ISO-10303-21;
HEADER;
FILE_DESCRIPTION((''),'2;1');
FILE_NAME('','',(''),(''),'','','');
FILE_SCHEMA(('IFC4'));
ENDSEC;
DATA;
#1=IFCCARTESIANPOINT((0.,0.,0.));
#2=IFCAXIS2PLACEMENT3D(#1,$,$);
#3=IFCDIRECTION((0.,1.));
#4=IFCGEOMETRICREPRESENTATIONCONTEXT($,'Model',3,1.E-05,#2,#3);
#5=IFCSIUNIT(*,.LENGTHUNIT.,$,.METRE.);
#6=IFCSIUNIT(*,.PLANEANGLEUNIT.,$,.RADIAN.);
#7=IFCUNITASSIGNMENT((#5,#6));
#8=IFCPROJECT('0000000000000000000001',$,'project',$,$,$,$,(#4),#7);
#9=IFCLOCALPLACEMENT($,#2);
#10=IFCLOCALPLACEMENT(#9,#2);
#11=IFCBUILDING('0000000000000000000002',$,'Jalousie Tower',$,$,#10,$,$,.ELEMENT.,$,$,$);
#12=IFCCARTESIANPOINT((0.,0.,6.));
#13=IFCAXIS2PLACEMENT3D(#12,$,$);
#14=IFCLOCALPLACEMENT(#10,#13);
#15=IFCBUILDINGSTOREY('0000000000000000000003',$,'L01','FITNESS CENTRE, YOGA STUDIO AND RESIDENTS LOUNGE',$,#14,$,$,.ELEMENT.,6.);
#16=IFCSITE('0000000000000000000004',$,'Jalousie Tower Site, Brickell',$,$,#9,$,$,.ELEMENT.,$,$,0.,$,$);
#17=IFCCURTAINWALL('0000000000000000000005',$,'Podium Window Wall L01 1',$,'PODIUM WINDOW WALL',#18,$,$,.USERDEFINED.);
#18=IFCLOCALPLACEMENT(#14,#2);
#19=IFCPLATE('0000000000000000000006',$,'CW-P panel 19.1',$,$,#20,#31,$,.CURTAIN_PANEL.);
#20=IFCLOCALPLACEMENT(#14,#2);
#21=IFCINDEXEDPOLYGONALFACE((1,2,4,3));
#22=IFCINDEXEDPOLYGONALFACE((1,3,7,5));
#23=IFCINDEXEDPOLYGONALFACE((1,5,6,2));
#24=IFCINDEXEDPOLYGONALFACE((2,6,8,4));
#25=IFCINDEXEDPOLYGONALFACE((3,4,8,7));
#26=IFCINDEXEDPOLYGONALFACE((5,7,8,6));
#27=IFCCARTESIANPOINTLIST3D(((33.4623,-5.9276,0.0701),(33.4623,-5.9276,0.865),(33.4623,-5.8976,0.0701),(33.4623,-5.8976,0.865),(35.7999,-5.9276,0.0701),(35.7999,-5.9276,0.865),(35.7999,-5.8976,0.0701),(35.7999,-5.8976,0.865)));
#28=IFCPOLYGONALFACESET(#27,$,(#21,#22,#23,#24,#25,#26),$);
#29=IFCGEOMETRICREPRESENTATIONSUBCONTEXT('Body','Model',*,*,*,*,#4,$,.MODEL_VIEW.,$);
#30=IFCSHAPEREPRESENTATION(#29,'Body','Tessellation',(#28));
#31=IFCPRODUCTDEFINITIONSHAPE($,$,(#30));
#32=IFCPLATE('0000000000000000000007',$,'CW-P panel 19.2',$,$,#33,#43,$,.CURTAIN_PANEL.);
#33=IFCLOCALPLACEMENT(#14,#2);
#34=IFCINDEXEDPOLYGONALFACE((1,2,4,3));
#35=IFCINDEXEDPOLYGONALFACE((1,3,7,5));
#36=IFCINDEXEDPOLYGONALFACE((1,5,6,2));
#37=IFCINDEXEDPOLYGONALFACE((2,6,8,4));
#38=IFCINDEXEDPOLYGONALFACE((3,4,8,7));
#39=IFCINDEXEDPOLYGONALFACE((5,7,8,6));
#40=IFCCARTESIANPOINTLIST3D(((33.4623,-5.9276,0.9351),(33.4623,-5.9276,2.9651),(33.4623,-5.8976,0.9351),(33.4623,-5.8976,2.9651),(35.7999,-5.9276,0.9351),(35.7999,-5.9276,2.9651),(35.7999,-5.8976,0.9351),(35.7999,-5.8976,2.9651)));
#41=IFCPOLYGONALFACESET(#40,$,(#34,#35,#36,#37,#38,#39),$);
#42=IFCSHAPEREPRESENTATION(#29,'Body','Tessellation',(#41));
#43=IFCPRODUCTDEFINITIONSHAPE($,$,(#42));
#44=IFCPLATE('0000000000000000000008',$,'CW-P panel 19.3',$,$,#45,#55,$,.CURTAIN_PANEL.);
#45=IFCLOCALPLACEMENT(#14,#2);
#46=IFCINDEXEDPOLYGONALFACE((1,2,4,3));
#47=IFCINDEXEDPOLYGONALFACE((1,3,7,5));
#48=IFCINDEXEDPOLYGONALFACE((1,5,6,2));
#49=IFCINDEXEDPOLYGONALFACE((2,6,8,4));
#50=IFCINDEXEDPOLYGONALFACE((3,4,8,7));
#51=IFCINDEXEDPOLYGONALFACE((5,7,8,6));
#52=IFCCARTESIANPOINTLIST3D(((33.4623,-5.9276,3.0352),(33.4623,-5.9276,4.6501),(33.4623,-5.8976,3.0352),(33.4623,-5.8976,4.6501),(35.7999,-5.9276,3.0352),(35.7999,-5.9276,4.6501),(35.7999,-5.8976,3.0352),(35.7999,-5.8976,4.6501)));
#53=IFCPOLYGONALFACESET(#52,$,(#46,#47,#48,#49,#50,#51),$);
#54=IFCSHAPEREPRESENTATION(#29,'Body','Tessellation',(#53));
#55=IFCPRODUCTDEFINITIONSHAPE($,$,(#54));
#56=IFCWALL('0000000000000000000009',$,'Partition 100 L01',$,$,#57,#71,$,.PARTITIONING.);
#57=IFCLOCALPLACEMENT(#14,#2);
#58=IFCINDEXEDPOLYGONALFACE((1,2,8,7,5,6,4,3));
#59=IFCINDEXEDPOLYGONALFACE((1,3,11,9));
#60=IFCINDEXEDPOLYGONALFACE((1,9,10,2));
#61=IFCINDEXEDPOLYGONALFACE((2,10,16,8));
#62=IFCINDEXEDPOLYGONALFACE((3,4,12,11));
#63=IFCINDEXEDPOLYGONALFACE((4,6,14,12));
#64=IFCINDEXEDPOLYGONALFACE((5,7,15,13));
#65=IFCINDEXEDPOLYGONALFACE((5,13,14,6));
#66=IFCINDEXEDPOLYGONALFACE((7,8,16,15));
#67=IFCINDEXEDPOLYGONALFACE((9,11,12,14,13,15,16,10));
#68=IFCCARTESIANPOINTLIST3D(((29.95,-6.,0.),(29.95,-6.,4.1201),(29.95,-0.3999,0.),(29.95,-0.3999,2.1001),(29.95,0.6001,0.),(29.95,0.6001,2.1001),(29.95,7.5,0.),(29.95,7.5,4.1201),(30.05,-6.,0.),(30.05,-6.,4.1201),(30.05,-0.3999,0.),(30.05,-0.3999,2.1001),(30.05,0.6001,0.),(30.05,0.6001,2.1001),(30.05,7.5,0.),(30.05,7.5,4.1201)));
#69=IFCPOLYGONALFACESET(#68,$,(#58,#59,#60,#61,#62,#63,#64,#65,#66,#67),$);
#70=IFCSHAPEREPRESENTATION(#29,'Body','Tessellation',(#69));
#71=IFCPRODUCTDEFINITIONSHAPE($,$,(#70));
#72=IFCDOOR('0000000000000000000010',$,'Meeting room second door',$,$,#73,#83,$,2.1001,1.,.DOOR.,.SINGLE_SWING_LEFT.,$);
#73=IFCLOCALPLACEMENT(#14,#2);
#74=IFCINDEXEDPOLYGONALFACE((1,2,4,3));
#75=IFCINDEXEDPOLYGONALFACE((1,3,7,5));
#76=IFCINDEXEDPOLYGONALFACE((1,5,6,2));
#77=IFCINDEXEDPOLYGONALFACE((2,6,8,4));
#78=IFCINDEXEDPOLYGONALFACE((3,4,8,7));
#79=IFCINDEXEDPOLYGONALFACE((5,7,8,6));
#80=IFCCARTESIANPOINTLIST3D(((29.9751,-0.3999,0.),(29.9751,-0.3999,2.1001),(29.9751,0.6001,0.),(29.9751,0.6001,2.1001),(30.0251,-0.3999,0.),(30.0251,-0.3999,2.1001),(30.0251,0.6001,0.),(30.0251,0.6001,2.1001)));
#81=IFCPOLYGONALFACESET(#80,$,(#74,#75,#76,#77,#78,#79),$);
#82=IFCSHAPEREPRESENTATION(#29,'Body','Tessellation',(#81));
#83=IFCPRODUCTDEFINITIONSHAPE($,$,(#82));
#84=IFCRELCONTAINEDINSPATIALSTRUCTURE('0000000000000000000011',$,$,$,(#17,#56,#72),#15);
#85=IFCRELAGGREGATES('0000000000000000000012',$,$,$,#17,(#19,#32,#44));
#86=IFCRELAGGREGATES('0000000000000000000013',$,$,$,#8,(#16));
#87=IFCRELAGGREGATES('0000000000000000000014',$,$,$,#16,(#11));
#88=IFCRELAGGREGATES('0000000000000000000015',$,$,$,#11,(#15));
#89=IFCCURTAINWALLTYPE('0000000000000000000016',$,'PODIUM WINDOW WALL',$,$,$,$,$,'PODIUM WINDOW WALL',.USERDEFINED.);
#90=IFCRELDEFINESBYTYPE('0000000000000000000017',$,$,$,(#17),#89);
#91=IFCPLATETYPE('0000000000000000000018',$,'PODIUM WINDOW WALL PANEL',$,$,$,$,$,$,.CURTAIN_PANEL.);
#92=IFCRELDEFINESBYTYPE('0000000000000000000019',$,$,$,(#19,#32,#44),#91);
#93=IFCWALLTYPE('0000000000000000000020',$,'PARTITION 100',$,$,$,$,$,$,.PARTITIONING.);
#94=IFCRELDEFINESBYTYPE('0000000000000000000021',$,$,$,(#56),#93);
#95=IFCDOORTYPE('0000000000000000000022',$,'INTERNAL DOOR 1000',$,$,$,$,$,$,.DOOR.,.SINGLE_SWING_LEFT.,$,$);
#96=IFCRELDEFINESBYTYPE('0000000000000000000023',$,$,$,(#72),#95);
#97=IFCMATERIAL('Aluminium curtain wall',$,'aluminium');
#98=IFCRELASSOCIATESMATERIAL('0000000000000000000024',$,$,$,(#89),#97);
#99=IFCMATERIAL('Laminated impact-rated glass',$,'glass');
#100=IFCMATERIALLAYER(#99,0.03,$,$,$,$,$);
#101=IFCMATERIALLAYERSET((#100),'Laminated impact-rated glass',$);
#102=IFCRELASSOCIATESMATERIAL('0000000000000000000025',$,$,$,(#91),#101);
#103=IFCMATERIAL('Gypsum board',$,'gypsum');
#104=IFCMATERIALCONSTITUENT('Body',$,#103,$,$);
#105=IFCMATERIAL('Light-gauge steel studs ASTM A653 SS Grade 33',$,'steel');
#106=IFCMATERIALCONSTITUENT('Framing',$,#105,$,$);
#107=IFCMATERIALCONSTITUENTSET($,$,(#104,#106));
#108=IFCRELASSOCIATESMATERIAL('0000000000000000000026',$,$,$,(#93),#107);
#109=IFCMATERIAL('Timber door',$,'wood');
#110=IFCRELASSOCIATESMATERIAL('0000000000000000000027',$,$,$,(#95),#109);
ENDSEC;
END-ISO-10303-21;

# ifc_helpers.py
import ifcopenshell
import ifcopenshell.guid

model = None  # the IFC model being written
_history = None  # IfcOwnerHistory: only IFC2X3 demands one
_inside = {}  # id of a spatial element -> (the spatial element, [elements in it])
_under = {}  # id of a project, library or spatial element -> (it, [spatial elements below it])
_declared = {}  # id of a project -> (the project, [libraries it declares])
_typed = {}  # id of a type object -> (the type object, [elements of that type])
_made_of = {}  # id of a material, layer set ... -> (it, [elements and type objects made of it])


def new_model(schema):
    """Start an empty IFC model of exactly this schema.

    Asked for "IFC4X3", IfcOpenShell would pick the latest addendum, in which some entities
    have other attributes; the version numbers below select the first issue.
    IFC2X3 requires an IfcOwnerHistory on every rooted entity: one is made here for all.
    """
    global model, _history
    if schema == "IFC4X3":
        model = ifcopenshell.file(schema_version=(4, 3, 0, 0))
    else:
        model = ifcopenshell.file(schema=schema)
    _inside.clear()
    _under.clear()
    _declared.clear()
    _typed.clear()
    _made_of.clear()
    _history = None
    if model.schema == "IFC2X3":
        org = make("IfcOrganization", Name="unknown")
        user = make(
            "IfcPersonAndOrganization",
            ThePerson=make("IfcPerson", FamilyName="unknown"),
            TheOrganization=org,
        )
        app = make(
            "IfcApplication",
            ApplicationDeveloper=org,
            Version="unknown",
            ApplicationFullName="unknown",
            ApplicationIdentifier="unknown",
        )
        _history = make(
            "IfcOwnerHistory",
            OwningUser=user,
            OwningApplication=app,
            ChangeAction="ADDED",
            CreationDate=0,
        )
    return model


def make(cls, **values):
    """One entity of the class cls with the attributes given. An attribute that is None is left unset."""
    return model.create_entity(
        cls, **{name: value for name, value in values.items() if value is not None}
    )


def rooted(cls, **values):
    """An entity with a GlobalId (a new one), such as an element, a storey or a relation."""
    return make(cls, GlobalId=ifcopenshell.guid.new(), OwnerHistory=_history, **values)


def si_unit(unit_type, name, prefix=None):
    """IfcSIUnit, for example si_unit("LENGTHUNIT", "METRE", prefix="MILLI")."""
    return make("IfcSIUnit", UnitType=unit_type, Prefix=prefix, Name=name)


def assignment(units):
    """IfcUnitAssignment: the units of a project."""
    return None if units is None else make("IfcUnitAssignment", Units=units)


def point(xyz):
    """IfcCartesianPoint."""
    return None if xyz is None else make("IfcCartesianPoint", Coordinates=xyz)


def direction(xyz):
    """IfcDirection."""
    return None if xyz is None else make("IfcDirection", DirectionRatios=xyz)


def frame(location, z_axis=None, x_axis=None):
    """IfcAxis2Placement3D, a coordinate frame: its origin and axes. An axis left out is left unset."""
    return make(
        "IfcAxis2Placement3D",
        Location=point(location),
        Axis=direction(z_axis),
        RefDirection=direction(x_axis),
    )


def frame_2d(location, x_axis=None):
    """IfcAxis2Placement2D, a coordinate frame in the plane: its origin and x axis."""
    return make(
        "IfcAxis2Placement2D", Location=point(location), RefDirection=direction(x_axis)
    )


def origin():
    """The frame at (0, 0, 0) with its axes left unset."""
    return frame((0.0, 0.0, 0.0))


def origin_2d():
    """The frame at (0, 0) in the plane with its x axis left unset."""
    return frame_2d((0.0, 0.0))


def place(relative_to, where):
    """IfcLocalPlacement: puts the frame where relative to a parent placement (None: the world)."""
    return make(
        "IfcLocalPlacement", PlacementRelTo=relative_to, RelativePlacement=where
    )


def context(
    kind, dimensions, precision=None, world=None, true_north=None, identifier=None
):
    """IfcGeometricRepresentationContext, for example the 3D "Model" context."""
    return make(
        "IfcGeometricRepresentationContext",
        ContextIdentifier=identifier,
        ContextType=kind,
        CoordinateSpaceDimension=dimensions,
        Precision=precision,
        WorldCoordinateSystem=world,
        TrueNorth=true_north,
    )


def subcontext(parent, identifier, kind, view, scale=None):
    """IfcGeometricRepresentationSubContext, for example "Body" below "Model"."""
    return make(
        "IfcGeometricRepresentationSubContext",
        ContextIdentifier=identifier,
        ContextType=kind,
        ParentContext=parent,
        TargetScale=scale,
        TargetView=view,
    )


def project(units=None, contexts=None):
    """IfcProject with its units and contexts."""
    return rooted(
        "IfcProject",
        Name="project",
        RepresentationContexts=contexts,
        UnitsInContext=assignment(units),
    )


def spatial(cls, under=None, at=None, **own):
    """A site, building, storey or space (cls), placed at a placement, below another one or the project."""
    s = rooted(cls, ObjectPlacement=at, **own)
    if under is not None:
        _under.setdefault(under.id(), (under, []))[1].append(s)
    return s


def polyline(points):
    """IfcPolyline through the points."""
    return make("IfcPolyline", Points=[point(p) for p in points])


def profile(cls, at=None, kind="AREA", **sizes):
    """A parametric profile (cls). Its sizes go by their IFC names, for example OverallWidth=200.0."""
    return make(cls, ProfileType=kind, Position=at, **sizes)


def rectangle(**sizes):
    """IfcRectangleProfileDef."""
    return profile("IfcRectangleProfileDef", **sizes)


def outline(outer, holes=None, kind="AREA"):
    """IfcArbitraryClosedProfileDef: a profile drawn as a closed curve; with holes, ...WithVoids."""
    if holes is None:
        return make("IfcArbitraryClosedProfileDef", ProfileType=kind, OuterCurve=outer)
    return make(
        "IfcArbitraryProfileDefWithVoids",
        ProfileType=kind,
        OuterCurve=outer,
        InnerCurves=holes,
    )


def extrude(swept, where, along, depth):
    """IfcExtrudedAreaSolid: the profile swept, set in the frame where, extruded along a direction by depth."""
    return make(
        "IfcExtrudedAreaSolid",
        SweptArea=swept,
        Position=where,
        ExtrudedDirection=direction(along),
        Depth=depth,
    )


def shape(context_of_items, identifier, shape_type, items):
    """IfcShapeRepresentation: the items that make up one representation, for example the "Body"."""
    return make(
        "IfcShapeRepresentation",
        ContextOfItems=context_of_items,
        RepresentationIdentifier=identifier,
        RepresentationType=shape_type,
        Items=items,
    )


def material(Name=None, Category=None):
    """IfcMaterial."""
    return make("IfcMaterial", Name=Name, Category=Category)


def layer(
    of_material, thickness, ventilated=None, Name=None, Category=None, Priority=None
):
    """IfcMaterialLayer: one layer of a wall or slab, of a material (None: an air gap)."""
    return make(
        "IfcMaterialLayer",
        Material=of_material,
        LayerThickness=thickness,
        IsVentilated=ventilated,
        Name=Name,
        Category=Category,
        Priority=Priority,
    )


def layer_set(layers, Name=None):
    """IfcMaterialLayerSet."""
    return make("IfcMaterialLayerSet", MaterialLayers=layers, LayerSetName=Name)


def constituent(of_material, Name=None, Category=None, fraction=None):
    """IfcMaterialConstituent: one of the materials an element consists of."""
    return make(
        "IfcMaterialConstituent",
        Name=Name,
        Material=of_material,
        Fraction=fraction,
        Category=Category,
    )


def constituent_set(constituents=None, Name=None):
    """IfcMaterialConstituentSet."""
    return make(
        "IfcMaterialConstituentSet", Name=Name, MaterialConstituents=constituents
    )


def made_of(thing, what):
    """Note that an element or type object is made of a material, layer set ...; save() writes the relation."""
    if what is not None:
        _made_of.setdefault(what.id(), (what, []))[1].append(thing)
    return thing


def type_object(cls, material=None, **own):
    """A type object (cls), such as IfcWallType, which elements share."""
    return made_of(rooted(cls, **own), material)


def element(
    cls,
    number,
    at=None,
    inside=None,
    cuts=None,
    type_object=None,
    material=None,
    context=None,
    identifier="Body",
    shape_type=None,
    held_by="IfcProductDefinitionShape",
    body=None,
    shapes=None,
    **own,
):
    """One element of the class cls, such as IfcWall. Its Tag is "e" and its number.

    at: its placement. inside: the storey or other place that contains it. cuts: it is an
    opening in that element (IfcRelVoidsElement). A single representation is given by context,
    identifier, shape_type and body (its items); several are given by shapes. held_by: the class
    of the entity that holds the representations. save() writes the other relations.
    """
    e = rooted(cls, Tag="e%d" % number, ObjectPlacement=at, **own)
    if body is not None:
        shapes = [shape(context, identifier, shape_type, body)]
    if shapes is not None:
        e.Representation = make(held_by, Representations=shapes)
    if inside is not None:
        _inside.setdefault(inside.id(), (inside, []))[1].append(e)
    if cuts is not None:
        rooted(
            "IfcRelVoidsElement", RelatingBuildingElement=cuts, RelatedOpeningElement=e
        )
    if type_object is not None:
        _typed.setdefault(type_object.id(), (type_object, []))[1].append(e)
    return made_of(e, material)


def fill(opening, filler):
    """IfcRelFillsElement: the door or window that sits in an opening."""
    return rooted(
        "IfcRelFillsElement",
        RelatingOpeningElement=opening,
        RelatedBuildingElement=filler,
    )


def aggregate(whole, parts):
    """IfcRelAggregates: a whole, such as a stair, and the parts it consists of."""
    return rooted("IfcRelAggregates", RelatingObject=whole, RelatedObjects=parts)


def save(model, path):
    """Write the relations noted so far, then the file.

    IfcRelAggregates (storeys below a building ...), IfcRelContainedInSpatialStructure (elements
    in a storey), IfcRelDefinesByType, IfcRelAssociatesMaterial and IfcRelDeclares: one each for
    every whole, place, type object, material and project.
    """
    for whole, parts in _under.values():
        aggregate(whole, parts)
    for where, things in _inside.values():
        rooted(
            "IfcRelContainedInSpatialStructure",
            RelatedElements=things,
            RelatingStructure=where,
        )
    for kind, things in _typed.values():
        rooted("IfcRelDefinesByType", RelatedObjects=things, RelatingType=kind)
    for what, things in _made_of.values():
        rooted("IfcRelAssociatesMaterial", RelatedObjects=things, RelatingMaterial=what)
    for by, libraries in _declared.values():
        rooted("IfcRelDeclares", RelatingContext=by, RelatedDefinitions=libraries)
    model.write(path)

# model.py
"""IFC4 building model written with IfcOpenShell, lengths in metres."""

from ifc_helpers import new_model, si_unit, direction, frame, frame_2d, origin, origin_2d, place, context, subcontext, project, spatial, polyline, rectangle, outline, extrude, material, layer, layer_set, constituent, constituent_set, type_object, element, fill, aggregate, save


model = new_model("IFC4")

# Units and contexts
model_context = context("Model", 3, precision=1e-05, world=origin(), true_north=direction((0.0, 1.0)))
body_context = subcontext(model_context, "Body", "Model", "MODEL_VIEW")
ifc_project = project(units=[si_unit("LENGTHUNIT", "METRE"), si_unit("PLANEANGLEUNIT", "RADIAN")], contexts=[model_context])

# Site, building, storey
site_placement = place(None, origin())
site = spatial("IfcSite", under=ifc_project, at=site_placement, Name="Jalousie Tower Site, Brickell", CompositionType="ELEMENT", RefElevation=0.0)
building_placement = place(site_placement, origin())
building = spatial("IfcBuilding", under=site, at=building_placement, Name="Jalousie Tower", CompositionType="ELEMENT")
storey_placement = place(building_placement, frame((0.0, 0.0, 6.0)))
storey = spatial("IfcBuildingStorey", under=building, at=storey_placement, Name="L01", Description="FITNESS CENTRE, YOGA STUDIO AND RESIDENTS LOUNGE", CompositionType="ELEMENT", Elevation=6.0)

# Curtain wall, plates
ifc_material_1 = material(Name="Aluminium curtain wall", Category="aluminium")
curtain_wall_type = type_object("IfcCurtainWallType", Name="PODIUM WINDOW WALL", ElementType="PODIUM WINDOW WALL", PredefinedType="USERDEFINED", material=ifc_material_1)
curtain_wall_placement = place(storey_placement, origin())
curtain_wall = element("IfcCurtainWall", 1, at=curtain_wall_placement, inside=storey, type_object=curtain_wall_type, Name="Podium Window Wall L01 1", ObjectType="PODIUM WINDOW WALL", PredefinedType="USERDEFINED")
ifc_material_2 = material(Name="Laminated impact-rated glass", Category="glass")
ifc_layer = layer(ifc_material_2, 0.03)
ifc_layer_set = layer_set([ifc_layer], Name="Laminated impact-rated glass")
plate_type = type_object("IfcPlateType", Name="PODIUM WINDOW WALL PANEL", PredefinedType="CURTAIN_PANEL", material=ifc_layer_set)
plate_1_placement = place(storey_placement, frame((34.6311, -5.9126, 0.0701), z_axis=(0.0, 0.0, 1.0), x_axis=(1.0, 0.0, 0.0)))
plate_1 = element("IfcPlate", 2, at=plate_1_placement, type_object=plate_type, Name="CW-P panel 19.1", PredefinedType="CURTAIN_PANEL", context=body_context, shape_type="SweptSolid", body=[
    extrude(rectangle(XDim=2.3376, YDim=0.03, at=origin_2d()), origin(), (0.0, 0.0, 1.0), 0.7949),
])
plate_2_placement = place(storey_placement, frame((34.6311, -5.9126, 0.9351), z_axis=(0.0, 0.0, 1.0), x_axis=(1.0, 0.0, 0.0)))
plate_2 = element("IfcPlate", 3, at=plate_2_placement, type_object=plate_type, Name="CW-P panel 19.2", PredefinedType="CURTAIN_PANEL", context=body_context, shape_type="SweptSolid", body=[
    extrude(rectangle(XDim=2.3376, YDim=0.03, at=origin_2d()), origin(), (0.0, 0.0, 1.0), 2.03),
])
plate_3_placement = place(storey_placement, frame((34.6311, -5.9126, 3.0352), z_axis=(0.0, 0.0, 1.0), x_axis=(1.0, 0.0, 0.0)))
plate_3 = element("IfcPlate", 4, at=plate_3_placement, type_object=plate_type, Name="CW-P panel 19.3", PredefinedType="CURTAIN_PANEL", context=body_context, shape_type="SweptSolid", body=[
    extrude(rectangle(XDim=2.3376, YDim=0.03, at=origin_2d()), origin(), (0.0, 0.0, 1.0), 1.615),
])
aggregate(curtain_wall, [plate_1, plate_2, plate_3])

# Wall, opening, door
ifc_material_3 = material(Name="Gypsum board", Category="gypsum")
ifc_constituent_1 = constituent(ifc_material_3, Name="Body")
ifc_material_4 = material(Name="Light-gauge steel studs ASTM A653 SS Grade 33", Category="steel")
ifc_constituent_2 = constituent(ifc_material_4, Name="Framing")
ifc_constituent_set = constituent_set(constituents=[ifc_constituent_1, ifc_constituent_2])
wall_type = type_object("IfcWallType", Name="PARTITION 100", PredefinedType="PARTITIONING", material=ifc_constituent_set)
wall_placement = place(storey_placement, frame((30.0, -6.0, 0.0), z_axis=(0.0, 0.0, 1.0), x_axis=(0.0, 1.0, 0.0)))
wall = element("IfcWall", 5, at=wall_placement, inside=storey, type_object=wall_type, Name="Partition 100 L01", PredefinedType="PARTITIONING", context=body_context, shape_type="SweptSolid", body=[
    extrude(outline(polyline([(0.0, 0.0), (13.5, 0.0), (13.5, 4.72), (13.5, 4.1201), (2.0601, 4.1201), (0.0, 4.1201), (0.0, 4.72), (0.0, 0.0)])), frame((0.0, 0.05, 0.0), z_axis=(0.0, -1.0, 0.0), x_axis=(1.0, 0.0, 0.0)), (0.0, 0.0, 1.0), 0.1001),
])
opening_placement = place(wall_placement, frame((5.6001, 0.0, 0.0)))
opening = element("IfcOpeningElement", 6, at=opening_placement, cuts=wall, PredefinedType="OPENING", context=body_context, shape_type="SweptSolid", body=[
    extrude(rectangle(XDim=1.0, YDim=2.1001, at=frame_2d((0.5, 1.05))), frame((0.0, 0.0601, 0.0), z_axis=(0.0, -1.0, 0.0), x_axis=(1.0, 0.0, 0.0)), (0.0, 0.0, 1.0), 0.1201),
])
ifc_material_5 = material(Name="Timber door", Category="wood")
door_type = type_object("IfcDoorType", Name="INTERNAL DOOR 1000", OperationType="SINGLE_SWING_LEFT", PredefinedType="DOOR", material=ifc_material_5)
door_placement = place(opening_placement, origin())
door = element("IfcDoor", 7, at=door_placement, inside=storey, type_object=door_type, Name="Meeting room second door", OperationType="SINGLE_SWING_LEFT", OverallHeight=2.1001, OverallWidth=1.0, PredefinedType="DOOR", context=body_context, shape_type="SweptSolid", body=[
    extrude(rectangle(XDim=1.0, YDim=2.1001, at=frame_2d((0.5, 1.05))), frame((0.0, 0.0249, 0.0), z_axis=(0.0, -1.0, 0.0), x_axis=(1.0, 0.0, 0.0)), (0.0, 0.0, 1.0), 0.05),
])
fill(opening, door)

save(model, "model.ifc")
